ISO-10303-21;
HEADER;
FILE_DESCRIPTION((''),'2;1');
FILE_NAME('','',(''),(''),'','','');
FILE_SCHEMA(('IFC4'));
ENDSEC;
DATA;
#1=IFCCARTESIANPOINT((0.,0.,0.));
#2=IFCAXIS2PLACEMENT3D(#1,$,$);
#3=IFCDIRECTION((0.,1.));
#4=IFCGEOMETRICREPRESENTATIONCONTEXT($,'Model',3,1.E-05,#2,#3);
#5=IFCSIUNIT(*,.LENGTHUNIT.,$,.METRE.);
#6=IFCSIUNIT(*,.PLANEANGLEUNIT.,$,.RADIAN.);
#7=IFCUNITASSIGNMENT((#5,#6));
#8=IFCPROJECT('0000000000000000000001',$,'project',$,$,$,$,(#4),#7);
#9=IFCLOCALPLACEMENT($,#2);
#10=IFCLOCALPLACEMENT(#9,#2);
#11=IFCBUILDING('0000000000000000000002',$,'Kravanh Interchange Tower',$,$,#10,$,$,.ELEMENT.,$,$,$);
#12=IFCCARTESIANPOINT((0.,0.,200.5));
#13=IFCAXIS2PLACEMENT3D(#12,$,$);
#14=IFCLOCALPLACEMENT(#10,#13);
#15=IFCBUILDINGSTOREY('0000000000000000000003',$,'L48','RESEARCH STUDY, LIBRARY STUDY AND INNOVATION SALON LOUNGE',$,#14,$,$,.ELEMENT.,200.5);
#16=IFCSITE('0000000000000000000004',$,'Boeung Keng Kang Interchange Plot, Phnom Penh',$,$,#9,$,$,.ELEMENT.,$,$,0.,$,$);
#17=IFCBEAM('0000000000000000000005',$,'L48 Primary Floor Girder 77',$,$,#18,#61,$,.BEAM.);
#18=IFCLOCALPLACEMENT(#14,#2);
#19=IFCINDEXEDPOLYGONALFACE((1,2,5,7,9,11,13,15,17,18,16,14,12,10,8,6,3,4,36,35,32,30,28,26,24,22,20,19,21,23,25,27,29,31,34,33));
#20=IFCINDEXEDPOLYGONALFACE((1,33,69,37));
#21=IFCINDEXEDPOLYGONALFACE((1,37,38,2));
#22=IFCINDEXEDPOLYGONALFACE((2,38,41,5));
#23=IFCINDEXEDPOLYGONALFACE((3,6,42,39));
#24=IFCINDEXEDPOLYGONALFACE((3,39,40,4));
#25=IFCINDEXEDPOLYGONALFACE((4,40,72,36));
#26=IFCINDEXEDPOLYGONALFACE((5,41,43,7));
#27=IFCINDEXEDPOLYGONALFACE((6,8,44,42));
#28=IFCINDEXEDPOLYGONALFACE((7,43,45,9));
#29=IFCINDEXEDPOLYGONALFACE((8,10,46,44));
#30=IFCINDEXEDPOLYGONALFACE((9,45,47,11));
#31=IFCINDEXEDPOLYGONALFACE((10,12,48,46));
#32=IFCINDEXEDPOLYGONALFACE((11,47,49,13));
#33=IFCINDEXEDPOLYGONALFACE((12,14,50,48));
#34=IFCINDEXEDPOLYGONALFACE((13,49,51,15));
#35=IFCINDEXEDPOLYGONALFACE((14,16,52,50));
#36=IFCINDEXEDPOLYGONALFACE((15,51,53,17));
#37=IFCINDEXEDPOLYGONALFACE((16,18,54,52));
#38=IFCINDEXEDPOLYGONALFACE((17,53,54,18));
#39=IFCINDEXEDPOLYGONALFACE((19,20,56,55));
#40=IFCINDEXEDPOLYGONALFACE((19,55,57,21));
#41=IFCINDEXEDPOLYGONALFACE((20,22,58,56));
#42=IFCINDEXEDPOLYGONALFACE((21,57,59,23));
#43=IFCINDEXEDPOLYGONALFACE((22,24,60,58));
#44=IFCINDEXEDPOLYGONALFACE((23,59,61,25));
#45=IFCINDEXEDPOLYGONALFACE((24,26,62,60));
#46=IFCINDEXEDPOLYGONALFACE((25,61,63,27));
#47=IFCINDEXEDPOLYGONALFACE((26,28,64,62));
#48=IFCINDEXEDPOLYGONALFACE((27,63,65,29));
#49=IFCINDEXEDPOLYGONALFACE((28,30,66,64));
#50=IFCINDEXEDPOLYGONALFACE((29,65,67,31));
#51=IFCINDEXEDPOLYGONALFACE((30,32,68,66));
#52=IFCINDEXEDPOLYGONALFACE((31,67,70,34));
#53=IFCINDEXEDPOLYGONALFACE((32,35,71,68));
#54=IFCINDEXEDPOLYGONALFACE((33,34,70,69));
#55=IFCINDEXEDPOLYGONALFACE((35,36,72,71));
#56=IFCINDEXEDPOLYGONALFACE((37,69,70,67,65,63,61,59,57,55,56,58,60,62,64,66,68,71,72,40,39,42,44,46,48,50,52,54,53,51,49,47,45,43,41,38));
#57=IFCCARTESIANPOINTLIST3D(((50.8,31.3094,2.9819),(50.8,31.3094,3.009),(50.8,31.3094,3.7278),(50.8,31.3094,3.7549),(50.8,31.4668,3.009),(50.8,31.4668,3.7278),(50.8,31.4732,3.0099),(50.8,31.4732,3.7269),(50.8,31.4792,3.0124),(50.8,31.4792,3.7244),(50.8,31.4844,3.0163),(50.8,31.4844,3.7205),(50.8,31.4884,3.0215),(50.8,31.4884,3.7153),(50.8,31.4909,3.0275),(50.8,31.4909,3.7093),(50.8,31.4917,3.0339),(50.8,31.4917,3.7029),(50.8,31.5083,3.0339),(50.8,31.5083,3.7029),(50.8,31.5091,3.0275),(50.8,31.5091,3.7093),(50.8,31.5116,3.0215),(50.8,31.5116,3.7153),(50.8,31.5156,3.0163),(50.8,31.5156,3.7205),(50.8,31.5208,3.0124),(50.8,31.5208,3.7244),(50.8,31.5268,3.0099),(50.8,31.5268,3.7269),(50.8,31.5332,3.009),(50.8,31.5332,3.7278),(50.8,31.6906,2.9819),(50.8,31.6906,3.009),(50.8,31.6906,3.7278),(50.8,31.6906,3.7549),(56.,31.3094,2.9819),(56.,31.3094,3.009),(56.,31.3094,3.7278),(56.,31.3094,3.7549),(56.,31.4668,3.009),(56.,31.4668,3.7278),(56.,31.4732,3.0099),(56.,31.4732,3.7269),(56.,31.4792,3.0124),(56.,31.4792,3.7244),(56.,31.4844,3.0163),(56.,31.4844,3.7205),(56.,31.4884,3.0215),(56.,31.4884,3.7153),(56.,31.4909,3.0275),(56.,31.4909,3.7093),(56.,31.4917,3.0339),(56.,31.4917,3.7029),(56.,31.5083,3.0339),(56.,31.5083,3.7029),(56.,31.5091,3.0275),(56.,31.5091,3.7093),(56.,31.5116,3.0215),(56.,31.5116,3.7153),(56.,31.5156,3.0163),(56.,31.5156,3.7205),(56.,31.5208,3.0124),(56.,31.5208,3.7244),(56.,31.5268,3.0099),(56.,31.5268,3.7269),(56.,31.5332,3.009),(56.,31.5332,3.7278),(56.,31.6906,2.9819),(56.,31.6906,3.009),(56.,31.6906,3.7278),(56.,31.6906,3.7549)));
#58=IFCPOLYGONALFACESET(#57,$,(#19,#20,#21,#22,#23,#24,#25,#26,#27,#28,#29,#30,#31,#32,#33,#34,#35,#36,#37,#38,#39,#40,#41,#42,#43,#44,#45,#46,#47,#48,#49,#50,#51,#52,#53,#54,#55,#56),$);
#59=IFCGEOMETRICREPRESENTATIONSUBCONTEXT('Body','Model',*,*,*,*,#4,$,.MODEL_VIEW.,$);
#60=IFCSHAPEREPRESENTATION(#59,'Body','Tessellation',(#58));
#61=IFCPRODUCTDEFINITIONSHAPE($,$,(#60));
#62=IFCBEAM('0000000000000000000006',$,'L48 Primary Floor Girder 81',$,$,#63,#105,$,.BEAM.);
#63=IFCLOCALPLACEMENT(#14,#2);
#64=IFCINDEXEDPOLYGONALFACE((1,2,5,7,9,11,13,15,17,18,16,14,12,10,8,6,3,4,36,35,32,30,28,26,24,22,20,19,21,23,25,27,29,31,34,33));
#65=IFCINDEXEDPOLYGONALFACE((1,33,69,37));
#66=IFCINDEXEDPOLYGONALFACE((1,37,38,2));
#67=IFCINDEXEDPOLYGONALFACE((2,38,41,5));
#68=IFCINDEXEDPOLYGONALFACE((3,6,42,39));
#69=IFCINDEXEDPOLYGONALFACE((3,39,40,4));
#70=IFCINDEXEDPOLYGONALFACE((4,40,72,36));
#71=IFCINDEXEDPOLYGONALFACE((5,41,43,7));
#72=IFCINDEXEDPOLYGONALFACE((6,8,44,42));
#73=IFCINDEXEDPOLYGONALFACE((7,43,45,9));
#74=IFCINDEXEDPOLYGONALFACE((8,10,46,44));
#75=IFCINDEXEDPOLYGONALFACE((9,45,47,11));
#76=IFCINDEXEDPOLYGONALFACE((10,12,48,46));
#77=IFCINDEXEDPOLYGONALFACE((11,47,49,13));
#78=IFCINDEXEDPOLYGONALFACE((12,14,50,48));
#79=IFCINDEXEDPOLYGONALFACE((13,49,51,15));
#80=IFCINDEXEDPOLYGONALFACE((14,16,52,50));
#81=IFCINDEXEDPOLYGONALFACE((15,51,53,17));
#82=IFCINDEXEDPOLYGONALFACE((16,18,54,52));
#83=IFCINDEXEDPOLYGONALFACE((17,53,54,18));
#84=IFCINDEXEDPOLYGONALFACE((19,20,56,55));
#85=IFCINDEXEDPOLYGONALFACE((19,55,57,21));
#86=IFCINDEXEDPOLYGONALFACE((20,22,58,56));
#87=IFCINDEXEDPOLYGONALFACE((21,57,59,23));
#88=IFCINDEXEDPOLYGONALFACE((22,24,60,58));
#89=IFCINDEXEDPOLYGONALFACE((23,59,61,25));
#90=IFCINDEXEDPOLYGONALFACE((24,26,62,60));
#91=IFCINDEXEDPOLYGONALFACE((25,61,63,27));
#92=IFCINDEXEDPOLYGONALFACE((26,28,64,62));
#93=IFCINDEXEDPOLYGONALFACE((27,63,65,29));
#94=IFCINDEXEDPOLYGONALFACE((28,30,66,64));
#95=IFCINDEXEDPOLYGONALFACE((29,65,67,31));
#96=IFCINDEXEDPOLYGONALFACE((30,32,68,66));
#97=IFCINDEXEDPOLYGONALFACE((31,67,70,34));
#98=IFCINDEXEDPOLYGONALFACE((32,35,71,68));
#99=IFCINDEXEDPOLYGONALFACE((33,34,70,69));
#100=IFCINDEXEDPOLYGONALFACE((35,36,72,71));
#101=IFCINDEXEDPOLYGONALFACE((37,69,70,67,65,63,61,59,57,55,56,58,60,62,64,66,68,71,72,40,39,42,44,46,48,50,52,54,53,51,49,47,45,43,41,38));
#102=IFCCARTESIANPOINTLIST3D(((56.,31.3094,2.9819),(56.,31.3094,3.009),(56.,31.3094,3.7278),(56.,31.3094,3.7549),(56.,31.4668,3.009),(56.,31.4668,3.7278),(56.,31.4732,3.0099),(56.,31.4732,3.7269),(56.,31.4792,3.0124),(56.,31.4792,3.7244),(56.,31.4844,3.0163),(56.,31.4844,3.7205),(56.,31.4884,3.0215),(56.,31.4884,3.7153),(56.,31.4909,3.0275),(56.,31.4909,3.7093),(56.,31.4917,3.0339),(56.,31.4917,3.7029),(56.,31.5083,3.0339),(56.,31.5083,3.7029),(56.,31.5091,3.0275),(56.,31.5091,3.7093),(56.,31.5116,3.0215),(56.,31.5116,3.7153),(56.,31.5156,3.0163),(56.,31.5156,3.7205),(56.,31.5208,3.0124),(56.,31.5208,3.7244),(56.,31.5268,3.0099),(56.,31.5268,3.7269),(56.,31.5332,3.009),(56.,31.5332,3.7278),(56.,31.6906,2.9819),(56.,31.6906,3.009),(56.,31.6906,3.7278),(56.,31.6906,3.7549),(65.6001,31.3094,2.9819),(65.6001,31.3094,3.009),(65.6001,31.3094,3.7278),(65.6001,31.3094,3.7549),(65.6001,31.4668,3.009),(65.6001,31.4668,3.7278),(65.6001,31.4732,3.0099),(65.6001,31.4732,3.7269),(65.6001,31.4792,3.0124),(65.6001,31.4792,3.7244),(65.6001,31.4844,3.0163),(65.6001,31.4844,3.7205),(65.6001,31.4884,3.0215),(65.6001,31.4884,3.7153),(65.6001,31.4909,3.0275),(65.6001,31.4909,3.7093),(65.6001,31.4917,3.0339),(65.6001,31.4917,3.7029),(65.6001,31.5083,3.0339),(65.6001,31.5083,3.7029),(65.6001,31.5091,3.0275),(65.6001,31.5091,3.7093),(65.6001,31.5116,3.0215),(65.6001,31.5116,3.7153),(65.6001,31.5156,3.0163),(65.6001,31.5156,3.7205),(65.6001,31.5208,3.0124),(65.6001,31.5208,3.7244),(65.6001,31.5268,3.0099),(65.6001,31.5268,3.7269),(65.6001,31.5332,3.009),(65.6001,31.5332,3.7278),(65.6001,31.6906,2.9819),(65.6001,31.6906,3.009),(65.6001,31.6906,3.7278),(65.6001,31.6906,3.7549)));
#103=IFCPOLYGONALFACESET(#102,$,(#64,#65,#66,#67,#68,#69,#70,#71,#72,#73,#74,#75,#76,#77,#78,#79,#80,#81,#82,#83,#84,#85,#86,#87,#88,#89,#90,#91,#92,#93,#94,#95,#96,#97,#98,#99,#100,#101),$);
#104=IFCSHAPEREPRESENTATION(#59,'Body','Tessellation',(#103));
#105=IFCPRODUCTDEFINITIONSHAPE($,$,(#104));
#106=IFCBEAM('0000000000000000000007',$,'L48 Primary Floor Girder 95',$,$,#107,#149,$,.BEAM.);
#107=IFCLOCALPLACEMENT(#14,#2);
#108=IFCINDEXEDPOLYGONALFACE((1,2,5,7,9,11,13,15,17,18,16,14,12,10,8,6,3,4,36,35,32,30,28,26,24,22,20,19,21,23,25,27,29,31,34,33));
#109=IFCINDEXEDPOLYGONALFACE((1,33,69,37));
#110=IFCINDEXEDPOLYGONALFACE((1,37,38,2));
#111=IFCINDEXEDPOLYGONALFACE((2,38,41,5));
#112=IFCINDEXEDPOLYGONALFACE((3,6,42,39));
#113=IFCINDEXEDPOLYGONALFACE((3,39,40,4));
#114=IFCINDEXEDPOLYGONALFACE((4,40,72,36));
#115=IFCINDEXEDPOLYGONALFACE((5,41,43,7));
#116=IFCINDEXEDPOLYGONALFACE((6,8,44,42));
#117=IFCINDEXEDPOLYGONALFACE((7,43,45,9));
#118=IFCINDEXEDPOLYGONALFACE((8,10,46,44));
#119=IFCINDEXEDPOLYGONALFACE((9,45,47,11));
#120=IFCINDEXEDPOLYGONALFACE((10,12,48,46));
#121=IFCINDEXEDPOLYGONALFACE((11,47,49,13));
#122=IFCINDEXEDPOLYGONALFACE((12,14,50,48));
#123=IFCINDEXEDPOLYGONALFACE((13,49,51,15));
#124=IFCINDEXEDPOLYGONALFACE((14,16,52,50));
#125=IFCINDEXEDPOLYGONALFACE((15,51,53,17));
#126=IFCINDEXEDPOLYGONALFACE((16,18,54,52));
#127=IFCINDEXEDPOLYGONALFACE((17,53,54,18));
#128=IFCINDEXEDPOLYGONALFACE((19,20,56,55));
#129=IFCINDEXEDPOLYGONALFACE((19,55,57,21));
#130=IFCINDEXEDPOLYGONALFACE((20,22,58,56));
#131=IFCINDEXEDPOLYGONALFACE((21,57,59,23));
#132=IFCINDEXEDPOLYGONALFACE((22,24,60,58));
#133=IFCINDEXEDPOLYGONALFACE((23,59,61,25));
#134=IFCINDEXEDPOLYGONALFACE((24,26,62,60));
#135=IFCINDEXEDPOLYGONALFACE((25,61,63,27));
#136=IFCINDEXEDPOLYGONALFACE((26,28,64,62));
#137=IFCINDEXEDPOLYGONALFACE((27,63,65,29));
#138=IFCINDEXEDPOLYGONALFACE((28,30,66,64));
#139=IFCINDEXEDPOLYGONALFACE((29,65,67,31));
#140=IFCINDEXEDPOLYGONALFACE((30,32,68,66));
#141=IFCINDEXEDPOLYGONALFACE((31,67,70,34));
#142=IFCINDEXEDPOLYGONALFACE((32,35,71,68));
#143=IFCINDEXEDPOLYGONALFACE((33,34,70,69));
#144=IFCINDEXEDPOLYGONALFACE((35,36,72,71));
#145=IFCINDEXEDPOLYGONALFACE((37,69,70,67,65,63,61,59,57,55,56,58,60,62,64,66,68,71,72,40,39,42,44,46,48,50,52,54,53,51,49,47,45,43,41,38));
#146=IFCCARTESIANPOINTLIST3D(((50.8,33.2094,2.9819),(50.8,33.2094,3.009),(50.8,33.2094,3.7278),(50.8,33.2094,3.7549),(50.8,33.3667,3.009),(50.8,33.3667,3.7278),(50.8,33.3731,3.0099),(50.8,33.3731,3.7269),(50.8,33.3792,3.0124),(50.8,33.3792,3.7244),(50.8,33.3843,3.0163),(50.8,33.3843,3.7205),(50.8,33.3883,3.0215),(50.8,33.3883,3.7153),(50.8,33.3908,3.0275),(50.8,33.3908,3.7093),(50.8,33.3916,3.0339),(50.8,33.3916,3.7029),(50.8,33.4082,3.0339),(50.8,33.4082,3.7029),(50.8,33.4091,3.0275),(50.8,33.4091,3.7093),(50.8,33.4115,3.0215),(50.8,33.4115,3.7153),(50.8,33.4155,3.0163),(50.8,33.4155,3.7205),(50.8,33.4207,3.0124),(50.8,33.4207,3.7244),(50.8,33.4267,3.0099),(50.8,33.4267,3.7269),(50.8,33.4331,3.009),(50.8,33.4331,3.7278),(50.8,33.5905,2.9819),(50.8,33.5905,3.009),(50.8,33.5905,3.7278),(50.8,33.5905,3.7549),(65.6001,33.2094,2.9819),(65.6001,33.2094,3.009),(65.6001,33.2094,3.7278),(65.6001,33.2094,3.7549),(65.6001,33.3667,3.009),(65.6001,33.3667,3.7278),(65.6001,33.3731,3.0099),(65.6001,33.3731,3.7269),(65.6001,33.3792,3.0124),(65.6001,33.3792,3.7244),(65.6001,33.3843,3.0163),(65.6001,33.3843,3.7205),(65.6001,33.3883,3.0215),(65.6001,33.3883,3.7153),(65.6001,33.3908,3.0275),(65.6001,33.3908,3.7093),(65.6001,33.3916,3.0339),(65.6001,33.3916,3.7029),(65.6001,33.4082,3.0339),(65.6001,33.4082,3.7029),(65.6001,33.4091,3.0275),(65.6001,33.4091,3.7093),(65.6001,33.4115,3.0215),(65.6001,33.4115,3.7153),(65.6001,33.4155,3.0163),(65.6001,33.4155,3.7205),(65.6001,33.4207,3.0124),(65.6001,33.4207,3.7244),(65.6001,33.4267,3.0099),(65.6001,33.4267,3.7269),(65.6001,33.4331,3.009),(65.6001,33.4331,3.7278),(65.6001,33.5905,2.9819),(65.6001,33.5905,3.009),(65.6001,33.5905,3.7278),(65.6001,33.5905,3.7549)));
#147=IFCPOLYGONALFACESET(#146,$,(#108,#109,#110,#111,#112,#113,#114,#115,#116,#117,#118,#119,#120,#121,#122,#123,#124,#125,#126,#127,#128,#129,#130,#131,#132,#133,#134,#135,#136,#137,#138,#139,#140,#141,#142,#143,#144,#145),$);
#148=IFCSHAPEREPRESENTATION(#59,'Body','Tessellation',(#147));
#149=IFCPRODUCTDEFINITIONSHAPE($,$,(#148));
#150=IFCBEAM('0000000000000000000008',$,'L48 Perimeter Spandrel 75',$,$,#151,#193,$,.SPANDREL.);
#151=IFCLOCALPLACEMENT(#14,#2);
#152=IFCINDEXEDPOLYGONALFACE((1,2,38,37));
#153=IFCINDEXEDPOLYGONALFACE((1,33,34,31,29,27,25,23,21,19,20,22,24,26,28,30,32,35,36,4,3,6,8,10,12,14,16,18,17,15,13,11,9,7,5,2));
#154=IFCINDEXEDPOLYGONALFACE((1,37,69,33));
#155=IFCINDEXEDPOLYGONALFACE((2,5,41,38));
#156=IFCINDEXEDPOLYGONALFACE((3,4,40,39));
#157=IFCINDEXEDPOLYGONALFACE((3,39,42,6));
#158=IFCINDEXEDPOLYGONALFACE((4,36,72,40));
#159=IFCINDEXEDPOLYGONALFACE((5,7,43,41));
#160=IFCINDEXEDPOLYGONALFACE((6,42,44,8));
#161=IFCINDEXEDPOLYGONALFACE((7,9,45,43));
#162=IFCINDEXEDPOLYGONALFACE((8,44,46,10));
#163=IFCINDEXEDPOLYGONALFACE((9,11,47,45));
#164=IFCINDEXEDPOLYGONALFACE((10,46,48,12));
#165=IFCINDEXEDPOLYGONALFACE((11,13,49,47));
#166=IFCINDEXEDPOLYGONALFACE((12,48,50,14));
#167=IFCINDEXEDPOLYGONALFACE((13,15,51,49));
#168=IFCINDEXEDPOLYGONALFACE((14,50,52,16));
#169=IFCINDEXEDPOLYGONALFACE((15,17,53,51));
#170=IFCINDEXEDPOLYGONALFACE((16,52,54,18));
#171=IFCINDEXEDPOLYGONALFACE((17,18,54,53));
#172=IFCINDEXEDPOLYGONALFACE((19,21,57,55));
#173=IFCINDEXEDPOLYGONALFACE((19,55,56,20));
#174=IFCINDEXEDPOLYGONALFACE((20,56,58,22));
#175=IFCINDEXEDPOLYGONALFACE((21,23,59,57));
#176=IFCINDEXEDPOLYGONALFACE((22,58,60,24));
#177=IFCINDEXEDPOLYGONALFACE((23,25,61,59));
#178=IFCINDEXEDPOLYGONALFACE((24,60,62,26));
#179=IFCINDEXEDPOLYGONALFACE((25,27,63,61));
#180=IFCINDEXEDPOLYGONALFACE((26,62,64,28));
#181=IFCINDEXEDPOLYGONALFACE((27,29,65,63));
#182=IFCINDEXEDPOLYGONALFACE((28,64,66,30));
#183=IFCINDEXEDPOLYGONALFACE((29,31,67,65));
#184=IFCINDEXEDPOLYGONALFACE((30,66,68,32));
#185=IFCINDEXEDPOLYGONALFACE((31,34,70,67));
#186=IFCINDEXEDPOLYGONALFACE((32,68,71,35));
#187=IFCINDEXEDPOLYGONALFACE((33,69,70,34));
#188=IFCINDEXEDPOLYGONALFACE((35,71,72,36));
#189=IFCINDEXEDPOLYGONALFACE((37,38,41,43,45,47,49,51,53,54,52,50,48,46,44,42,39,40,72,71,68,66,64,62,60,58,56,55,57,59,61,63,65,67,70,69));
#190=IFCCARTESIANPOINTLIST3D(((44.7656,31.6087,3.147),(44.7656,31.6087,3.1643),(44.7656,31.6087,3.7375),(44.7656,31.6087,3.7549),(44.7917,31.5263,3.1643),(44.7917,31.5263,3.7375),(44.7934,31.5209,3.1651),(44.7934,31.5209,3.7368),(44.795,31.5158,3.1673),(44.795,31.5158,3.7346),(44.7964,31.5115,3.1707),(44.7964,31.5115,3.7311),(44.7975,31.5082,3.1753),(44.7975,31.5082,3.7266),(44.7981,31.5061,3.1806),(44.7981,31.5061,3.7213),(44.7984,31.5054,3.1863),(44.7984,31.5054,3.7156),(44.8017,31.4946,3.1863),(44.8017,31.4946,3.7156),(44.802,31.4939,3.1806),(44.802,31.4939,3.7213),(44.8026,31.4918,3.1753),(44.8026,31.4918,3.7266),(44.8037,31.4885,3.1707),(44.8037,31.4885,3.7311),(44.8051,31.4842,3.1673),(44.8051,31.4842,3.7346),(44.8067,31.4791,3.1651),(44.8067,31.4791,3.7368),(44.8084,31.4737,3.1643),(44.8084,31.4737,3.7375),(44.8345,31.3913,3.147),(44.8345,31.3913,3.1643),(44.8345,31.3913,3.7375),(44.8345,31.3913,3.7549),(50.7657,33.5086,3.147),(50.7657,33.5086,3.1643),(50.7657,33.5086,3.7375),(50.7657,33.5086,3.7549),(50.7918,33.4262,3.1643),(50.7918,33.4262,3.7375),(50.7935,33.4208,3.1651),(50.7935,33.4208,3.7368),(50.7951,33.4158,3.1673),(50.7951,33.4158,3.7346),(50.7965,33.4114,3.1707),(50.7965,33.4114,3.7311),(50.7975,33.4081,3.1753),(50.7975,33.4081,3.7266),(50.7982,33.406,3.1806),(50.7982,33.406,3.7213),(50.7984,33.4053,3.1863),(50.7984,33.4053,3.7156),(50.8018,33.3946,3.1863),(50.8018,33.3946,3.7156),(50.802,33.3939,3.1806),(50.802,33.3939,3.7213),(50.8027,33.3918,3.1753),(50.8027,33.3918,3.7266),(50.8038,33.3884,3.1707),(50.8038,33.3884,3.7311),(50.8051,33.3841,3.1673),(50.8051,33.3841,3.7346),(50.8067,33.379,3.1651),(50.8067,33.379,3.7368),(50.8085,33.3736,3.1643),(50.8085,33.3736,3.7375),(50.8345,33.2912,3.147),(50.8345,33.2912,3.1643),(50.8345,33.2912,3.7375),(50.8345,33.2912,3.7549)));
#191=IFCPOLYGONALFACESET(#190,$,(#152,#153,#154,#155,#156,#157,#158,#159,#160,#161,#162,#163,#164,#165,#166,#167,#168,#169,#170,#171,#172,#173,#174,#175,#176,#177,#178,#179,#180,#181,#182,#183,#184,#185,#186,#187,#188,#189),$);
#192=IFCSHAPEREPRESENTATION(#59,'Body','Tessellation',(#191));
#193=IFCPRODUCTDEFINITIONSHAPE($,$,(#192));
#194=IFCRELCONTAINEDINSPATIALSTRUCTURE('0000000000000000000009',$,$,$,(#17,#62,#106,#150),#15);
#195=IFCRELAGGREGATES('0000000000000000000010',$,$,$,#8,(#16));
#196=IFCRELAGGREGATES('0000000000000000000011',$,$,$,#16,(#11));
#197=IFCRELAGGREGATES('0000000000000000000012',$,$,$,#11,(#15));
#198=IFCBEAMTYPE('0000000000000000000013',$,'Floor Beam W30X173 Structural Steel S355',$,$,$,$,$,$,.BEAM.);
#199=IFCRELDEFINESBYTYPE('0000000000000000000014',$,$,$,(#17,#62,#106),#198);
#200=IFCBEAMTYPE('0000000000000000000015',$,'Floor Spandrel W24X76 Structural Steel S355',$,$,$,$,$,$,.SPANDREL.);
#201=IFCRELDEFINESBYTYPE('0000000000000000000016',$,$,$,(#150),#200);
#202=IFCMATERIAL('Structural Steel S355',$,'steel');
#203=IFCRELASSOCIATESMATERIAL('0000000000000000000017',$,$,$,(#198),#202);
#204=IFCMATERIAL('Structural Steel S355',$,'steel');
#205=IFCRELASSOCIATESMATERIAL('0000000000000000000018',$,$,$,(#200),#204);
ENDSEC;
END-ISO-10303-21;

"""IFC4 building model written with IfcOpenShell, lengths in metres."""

from ifc_helpers import new_model, si_unit, direction, frame, origin, origin_2d, place, context, subcontext, project, spatial, i_section, extrude, material, material_profile, profile_set, type_object, element, save


model = new_model("IFC4")

# Units and contexts
model_context = context("Model", 3, precision=1e-05, world=origin(), true_north=direction((0.0, 1.0)))
body_context = subcontext(model_context, "Body", "Model", "MODEL_VIEW")
ifc_project = project(units=[si_unit("LENGTHUNIT", "METRE"), si_unit("PLANEANGLEUNIT", "RADIAN")], contexts=[model_context])

# Site, building, storey
site_placement = place(None, origin())
site = spatial("IfcSite", under=ifc_project, at=site_placement, Name="Boeung Keng Kang Interchange Plot, Phnom Penh", CompositionType="ELEMENT", RefElevation=0.0)
building_placement = place(site_placement, origin())
building = spatial("IfcBuilding", under=site, at=building_placement, Name="Kravanh Interchange Tower", CompositionType="ELEMENT")
storey_placement = place(building_placement, frame((0.0, 0.0, 200.5)))
storey = spatial("IfcBuildingStorey", under=building, at=storey_placement, Name="L48", Description="RESEARCH STUDY, LIBRARY STUDY AND INNOVATION SALON LOUNGE", CompositionType="ELEMENT", Elevation=200.5)

# Beams
ifc_material_1 = material(Name="Structural Steel S355", Category="steel")
ifc_material_profile_1 = material_profile(ifc_material_1, i_section(OverallWidth=0.3811, OverallDepth=0.7729, WebThickness=0.0166, FlangeThickness=0.0271, FilletRadius=0.0249, at=origin_2d()), Name="W30X173")
ifc_profile_set_1 = profile_set([ifc_material_profile_1], Name="Structural Steel S355")
beam_type_1 = type_object("IfcBeamType", Name="Floor Beam W30X173 Structural Steel S355", PredefinedType="BEAM", material=ifc_profile_set_1)
beam_1_placement = place(storey_placement, frame((50.8, 31.5, 3.3684), z_axis=(1.0, 0.0, 0.0), x_axis=(0.0, 1.0, 0.0)))
element("IfcBeam", 1, at=beam_1_placement, inside=storey, type_object=beam_type_1, Name="L48 Primary Floor Girder 77", PredefinedType="BEAM", context=body_context, shape_type="SweptSolid", body=[
    extrude(i_section(OverallWidth=0.3811, OverallDepth=0.7729, WebThickness=0.0166, FlangeThickness=0.0271, FilletRadius=0.0249, at=origin_2d()), origin(), (0.0, 0.0, 1.0), 5.2),
])
beam_2_placement = place(storey_placement, frame((56.0, 31.5, 3.3684), z_axis=(1.0, 0.0, 0.0), x_axis=(0.0, 1.0, 0.0)))
element("IfcBeam", 2, at=beam_2_placement, inside=storey, type_object=beam_type_1, Name="L48 Primary Floor Girder 81", PredefinedType="BEAM", context=body_context, shape_type="SweptSolid", body=[
    extrude(i_section(OverallWidth=0.3811, OverallDepth=0.7729, WebThickness=0.0166, FlangeThickness=0.0271, FilletRadius=0.0249, at=origin_2d()), origin(), (0.0, 0.0, 1.0), 9.6001),
])
beam_3_placement = place(storey_placement, frame((50.8, 33.3999, 3.3684), z_axis=(1.0, 0.0, 0.0), x_axis=(0.0, 1.0, 0.0)))
element("IfcBeam", 3, at=beam_3_placement, inside=storey, type_object=beam_type_1, Name="L48 Primary Floor Girder 95", PredefinedType="BEAM", context=body_context, shape_type="SweptSolid", body=[
    extrude(i_section(OverallWidth=0.3811, OverallDepth=0.7729, WebThickness=0.0166, FlangeThickness=0.0271, FilletRadius=0.0249, at=origin_2d()), origin(), (0.0, 0.0, 1.0), 14.8),
])
ifc_material_2 = material(Name="Structural Steel S355", Category="steel")
ifc_material_profile_2 = material_profile(ifc_material_2, i_section(OverallWidth=0.228, OverallDepth=0.6079, WebThickness=0.0112, FlangeThickness=0.0173, FilletRadius=0.022, at=origin_2d()), Name="W24X76")
ifc_profile_set_2 = profile_set([ifc_material_profile_2], Name="Structural Steel S355")
beam_type_2 = type_object("IfcBeamType", Name="Floor Spandrel W24X76 Structural Steel S355", PredefinedType="SPANDREL", material=ifc_profile_set_2)
beam_4_placement = place(storey_placement, frame((44.8, 31.5, 3.4509), z_axis=(0.953347, 0.301878, 0.0), x_axis=(-0.301878, 0.953347, 0.0)))
element("IfcBeam", 4, at=beam_4_placement, inside=storey, type_object=beam_type_2, Name="L48 Perimeter Spandrel 75", PredefinedType="SPANDREL", context=body_context, shape_type="SweptSolid", body=[
    extrude(i_section(OverallWidth=0.228, OverallDepth=0.6079, WebThickness=0.0112, FlangeThickness=0.0173, FilletRadius=0.022, at=origin_2d()), origin(), (0.0, 0.0, 1.0), 6.2937),
])

save(model, "model.ifc")
